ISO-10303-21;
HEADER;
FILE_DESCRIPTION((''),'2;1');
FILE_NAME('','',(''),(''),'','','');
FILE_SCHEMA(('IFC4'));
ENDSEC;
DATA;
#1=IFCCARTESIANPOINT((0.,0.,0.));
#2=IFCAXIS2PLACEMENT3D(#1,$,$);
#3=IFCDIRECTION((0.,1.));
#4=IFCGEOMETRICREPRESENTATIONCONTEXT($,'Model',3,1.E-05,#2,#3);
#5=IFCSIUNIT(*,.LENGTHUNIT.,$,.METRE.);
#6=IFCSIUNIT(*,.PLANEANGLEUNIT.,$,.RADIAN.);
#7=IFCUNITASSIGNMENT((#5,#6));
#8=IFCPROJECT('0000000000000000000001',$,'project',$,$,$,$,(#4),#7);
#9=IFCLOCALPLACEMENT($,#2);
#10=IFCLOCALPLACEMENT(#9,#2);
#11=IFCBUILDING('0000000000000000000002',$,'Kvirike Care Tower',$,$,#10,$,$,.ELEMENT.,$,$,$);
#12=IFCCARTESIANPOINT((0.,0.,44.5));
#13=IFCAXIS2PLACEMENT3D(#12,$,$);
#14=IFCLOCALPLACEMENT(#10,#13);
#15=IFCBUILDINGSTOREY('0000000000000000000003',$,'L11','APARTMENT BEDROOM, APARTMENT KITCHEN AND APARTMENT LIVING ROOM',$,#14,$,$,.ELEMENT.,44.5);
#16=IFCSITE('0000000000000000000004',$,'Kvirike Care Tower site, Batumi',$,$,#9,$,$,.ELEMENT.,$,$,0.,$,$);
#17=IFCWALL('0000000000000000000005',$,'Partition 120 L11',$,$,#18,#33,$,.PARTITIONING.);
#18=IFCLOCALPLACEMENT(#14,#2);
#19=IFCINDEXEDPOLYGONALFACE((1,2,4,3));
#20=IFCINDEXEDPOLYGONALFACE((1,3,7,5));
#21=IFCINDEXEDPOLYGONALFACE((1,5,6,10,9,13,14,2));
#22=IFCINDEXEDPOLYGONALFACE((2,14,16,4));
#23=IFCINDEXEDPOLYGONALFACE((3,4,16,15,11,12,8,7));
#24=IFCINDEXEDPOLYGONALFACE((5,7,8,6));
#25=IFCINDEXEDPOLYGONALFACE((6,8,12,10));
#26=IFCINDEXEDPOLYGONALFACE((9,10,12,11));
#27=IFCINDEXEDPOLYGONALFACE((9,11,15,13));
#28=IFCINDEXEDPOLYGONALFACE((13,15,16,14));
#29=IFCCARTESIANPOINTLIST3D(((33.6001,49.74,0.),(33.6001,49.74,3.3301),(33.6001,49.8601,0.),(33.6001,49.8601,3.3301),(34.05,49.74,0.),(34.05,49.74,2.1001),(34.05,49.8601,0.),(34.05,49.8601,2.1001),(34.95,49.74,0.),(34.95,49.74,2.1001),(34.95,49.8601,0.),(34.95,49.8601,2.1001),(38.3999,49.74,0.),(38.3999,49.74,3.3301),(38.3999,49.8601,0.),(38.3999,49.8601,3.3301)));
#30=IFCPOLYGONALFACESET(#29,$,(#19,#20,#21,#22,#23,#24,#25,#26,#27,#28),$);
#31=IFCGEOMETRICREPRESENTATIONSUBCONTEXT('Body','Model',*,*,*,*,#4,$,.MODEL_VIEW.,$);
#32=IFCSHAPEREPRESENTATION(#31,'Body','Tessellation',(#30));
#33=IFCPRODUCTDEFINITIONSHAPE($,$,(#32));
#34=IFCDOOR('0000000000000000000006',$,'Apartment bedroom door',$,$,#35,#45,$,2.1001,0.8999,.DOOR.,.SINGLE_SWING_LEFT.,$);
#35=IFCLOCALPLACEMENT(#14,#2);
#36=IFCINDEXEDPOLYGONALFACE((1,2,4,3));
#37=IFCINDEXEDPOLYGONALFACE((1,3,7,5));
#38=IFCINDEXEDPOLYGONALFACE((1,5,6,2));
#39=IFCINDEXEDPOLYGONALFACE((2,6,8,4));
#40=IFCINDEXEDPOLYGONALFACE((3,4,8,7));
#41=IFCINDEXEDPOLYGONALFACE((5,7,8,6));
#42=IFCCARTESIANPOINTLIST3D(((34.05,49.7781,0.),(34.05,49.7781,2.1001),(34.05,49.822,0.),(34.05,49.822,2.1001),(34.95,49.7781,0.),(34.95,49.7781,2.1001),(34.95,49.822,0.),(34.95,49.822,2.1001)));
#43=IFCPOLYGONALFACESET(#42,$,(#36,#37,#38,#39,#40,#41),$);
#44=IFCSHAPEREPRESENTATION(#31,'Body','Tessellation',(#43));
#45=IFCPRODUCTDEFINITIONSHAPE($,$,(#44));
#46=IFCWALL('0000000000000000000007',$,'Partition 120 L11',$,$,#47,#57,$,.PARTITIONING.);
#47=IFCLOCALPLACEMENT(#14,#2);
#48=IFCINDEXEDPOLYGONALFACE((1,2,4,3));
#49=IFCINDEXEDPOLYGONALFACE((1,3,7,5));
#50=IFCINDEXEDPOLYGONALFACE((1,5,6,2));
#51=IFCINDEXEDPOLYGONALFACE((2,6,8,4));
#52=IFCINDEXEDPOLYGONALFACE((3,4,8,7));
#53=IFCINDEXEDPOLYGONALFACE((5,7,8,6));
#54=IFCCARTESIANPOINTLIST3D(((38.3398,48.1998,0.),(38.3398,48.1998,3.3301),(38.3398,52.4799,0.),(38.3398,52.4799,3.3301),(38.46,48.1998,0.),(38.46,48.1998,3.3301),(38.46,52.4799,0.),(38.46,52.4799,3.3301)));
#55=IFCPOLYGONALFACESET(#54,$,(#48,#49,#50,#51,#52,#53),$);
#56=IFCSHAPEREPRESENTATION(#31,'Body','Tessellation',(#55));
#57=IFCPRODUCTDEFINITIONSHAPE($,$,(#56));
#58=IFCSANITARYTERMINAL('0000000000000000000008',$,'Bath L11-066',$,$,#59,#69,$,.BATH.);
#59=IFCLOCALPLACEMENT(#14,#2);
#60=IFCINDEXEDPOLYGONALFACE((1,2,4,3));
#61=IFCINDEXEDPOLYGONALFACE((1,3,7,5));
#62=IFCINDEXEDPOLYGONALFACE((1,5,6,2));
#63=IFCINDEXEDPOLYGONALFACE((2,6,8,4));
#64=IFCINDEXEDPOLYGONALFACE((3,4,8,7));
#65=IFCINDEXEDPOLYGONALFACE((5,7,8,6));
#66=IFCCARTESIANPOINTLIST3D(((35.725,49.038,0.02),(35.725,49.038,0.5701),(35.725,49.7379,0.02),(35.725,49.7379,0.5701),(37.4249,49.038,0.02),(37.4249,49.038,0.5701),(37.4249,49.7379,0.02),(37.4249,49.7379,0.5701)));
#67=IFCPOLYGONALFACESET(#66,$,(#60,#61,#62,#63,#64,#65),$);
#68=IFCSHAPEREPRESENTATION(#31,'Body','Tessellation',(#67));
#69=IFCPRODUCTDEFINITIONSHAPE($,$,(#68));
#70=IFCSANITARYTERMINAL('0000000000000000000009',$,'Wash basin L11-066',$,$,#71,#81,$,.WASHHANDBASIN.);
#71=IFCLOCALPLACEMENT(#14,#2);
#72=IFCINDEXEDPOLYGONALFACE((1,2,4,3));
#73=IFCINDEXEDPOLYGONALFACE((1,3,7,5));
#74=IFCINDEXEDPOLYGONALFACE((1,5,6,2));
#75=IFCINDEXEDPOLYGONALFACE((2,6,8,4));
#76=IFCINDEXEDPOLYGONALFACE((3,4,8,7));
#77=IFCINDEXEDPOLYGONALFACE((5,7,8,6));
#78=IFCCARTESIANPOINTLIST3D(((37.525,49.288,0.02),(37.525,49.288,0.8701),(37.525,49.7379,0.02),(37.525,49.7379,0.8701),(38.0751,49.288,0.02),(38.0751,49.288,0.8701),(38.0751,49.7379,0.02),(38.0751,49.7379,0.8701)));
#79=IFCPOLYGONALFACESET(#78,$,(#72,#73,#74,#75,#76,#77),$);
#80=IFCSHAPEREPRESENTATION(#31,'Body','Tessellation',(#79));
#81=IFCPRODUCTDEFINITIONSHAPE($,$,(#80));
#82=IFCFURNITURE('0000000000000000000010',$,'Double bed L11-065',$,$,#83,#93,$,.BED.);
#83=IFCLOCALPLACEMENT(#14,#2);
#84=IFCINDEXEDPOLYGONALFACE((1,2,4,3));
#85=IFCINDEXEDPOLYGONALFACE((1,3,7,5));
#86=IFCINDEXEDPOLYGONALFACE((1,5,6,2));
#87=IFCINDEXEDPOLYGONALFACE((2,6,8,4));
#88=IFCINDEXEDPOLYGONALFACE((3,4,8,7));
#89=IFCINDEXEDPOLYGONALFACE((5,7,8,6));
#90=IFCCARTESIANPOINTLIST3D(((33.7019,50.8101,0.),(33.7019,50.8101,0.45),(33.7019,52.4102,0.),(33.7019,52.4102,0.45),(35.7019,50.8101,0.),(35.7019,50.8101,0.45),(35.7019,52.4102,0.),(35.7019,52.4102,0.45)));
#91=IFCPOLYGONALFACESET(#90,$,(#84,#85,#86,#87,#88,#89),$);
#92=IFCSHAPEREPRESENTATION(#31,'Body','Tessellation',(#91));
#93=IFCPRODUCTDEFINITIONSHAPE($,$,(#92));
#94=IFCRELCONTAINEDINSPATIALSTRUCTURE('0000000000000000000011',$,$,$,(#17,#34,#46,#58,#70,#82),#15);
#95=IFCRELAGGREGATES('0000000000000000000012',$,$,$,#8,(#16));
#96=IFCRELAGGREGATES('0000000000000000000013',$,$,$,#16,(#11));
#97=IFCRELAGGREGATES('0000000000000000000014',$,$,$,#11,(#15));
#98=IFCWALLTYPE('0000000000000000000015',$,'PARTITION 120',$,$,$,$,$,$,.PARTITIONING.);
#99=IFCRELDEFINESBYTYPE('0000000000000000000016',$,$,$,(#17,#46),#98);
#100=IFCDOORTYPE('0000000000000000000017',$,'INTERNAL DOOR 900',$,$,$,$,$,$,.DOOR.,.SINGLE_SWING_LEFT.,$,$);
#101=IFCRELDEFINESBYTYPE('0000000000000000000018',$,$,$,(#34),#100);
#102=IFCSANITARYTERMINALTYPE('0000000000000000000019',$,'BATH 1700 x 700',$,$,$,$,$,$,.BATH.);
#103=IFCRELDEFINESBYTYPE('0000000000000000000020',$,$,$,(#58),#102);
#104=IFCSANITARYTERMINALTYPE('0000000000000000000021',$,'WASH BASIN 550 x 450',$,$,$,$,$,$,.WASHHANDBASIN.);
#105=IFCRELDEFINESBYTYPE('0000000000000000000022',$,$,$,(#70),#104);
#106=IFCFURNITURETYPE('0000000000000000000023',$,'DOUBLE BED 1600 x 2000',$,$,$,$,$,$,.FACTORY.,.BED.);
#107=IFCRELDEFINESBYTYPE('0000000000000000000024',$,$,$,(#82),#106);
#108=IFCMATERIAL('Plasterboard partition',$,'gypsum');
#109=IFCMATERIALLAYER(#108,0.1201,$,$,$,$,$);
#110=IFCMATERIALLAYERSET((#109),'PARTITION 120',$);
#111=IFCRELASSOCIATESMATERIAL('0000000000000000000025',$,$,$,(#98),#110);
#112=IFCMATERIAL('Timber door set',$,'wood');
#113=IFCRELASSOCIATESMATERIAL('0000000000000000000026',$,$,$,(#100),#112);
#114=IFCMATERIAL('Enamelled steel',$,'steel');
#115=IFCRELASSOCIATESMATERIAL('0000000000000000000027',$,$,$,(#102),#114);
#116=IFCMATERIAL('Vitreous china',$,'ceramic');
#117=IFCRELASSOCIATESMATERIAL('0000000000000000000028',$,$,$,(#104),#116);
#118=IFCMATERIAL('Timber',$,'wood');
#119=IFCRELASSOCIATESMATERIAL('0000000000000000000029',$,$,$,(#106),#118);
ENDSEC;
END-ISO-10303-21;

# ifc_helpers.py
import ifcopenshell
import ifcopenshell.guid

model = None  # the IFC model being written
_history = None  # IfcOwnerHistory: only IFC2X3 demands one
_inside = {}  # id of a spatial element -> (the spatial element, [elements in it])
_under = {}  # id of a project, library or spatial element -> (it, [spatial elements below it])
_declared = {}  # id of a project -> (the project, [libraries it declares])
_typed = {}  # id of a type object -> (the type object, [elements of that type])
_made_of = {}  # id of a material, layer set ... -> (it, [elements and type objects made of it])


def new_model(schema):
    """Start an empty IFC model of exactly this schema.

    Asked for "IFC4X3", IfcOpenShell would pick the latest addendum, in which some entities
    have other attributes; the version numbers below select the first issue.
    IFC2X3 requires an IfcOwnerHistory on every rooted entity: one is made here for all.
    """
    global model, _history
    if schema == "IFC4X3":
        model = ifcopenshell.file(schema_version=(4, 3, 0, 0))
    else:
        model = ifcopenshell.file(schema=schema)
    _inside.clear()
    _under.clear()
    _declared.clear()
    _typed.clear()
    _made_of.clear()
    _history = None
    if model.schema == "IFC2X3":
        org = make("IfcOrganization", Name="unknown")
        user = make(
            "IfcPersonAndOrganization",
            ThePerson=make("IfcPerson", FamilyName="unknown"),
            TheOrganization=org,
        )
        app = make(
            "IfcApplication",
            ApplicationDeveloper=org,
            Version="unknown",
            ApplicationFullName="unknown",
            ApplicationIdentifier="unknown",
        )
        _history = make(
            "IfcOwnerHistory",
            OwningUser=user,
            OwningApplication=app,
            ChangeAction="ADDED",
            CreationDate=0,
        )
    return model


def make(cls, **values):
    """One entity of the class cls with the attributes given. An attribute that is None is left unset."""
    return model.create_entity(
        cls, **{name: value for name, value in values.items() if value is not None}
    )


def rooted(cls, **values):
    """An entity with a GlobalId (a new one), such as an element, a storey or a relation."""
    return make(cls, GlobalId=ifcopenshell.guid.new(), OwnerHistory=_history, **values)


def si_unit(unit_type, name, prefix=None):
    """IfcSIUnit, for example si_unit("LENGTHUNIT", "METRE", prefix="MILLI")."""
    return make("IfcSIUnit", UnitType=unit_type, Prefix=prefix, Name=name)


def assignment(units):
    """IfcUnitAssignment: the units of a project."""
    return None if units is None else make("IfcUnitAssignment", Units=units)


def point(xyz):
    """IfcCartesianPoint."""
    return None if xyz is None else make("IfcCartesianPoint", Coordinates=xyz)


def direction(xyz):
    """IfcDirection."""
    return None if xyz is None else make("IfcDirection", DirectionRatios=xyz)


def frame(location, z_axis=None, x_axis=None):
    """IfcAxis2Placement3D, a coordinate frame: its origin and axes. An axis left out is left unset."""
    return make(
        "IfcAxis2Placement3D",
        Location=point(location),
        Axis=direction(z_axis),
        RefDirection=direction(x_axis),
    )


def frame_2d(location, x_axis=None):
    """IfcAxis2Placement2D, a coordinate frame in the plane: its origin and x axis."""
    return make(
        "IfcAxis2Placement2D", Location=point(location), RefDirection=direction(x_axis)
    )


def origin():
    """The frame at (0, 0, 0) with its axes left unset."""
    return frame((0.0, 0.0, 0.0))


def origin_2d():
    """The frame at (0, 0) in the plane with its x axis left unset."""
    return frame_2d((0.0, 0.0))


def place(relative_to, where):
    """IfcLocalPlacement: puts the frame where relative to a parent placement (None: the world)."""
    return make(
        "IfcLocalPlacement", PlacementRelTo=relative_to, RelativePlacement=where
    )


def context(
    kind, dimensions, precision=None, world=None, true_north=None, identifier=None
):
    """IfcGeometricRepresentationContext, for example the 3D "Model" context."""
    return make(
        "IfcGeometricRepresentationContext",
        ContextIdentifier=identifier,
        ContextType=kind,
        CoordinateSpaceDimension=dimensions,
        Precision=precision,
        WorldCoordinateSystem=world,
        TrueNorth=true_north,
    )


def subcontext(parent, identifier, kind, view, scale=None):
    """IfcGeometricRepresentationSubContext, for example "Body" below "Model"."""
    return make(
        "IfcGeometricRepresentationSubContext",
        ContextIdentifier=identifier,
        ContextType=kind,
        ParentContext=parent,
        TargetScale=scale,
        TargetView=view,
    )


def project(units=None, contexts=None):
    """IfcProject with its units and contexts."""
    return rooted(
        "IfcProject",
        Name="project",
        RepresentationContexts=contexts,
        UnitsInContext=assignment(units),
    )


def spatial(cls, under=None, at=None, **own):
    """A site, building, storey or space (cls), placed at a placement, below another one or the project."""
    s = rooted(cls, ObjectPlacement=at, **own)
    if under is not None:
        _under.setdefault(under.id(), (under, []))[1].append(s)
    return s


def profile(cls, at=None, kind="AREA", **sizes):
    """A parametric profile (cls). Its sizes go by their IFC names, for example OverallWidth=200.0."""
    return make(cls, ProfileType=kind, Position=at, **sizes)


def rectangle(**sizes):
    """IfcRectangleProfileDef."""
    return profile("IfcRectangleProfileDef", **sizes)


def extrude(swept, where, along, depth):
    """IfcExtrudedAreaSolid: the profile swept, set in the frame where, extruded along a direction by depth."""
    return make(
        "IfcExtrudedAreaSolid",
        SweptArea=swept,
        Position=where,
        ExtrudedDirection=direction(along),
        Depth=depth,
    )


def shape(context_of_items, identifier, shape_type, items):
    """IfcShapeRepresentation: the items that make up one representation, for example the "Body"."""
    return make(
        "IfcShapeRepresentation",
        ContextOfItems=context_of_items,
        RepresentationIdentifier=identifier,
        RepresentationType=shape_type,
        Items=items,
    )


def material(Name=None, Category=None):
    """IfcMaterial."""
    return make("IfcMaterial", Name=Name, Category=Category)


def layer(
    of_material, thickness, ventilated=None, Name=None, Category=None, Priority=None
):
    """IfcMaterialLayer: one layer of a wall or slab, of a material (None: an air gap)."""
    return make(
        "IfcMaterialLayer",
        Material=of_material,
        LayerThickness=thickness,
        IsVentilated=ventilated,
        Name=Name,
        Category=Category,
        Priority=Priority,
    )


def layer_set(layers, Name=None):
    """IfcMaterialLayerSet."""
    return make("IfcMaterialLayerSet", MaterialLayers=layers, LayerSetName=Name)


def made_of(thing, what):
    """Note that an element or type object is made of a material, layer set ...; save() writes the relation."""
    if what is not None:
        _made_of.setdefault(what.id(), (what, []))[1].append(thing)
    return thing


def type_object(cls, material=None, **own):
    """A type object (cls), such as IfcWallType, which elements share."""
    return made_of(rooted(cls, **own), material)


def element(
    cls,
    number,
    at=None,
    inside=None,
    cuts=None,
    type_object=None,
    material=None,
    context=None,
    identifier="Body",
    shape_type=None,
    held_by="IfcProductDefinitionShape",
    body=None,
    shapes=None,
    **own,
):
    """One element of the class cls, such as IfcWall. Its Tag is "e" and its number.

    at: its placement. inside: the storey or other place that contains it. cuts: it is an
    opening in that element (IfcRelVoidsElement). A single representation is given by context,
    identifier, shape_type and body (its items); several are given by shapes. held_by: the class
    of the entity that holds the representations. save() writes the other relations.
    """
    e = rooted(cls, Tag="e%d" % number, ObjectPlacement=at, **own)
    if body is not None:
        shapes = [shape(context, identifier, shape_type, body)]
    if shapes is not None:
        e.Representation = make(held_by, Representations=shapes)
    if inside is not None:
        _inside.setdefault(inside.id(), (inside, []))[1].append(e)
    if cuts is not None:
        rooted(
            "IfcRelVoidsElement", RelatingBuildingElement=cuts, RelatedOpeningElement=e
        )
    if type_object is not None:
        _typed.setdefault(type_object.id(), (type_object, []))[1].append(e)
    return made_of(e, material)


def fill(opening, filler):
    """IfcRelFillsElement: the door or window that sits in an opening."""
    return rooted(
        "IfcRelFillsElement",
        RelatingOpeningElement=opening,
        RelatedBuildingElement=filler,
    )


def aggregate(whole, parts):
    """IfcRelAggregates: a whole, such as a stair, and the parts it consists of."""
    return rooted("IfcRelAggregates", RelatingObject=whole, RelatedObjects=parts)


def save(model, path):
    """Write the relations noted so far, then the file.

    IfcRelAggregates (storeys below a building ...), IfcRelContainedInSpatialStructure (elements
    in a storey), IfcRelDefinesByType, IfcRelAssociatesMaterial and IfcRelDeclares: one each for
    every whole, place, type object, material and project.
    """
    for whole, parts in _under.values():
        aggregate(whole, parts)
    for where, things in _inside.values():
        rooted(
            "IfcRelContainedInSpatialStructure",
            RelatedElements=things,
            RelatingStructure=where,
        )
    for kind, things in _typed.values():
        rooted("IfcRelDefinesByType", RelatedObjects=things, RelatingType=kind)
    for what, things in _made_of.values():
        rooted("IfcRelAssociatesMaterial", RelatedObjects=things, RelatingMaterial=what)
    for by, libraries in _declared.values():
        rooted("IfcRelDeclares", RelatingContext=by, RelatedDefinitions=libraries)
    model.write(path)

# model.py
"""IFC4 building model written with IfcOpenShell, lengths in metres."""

from ifc_helpers import new_model, si_unit, direction, frame, frame_2d, origin, origin_2d, place, context, subcontext, project, spatial, rectangle, extrude, material, layer, layer_set, type_object, element, fill, save


model = new_model("IFC4")

# Units and contexts
model_context = context("Model", 3, precision=1e-05, world=origin(), true_north=direction((0.0, 1.0)))
body_context = subcontext(model_context, "Body", "Model", "MODEL_VIEW")
ifc_project = project(units=[si_unit("LENGTHUNIT", "METRE"), si_unit("PLANEANGLEUNIT", "RADIAN")], contexts=[model_context])

# Site, building, storey
site_placement = place(None, origin())
site = spatial("IfcSite", under=ifc_project, at=site_placement, Name="Kvirike Care Tower site, Batumi", CompositionType="ELEMENT", RefElevation=0.0)
building_placement = place(site_placement, origin())
building = spatial("IfcBuilding", under=site, at=building_placement, Name="Kvirike Care Tower", CompositionType="ELEMENT")
storey_placement = place(building_placement, frame((0.0, 0.0, 44.5)))
storey = spatial("IfcBuildingStorey", under=building, at=storey_placement, Name="L11", Description="APARTMENT BEDROOM, APARTMENT KITCHEN AND APARTMENT LIVING ROOM", CompositionType="ELEMENT", Elevation=44.5)

# Wall, opening, door
ifc_material_1 = material(Name="Plasterboard partition", Category="gypsum")
ifc_layer_1 = layer(ifc_material_1, 0.1201)
ifc_layer_set_1 = layer_set([ifc_layer_1], Name="PARTITION 120")
wall_type_1 = type_object("IfcWallType", Name="PARTITION 120", PredefinedType="PARTITIONING", material=ifc_layer_set_1)
ifc_material_2 = material(Name="Timber door set", Category="wood")
door_type_1 = type_object("IfcDoorType", Name="INTERNAL DOOR 900", OperationType="SINGLE_SWING_LEFT", PredefinedType="DOOR", material=ifc_material_2)
wall_1_placement = place(storey_placement, frame((38.3999, 49.8, 0.0), z_axis=(0.0, 0.0, 1.0), x_axis=(-1.0, 0.0, 0.0)))
wall_1 = element("IfcWall", 1, at=wall_1_placement, inside=storey, type_object=wall_type_1, Name="Partition 120 L11", PredefinedType="PARTITIONING", context=body_context, shape_type="SweptSolid", body=[
    extrude(rectangle(XDim=4.7998, YDim=0.1201, at=frame_2d((2.3999, 0.0))), origin(), (0.0, 0.0, 1.0), 3.3301),
])
opening_1_placement = place(wall_1_placement, frame((3.45, 0.0, 0.0)))
opening_1 = element("IfcOpeningElement", 2, at=opening_1_placement, cuts=wall_1, PredefinedType="OPENING", context=body_context, shape_type="SweptSolid", body=[
    extrude(rectangle(XDim=0.8999, YDim=2.1001, at=frame_2d((0.45, 1.05))), frame((0.0, 0.0706, 0.0), z_axis=(0.0, -1.0, 0.0), x_axis=(1.0, 0.0, 0.0)), (0.0, 0.0, 1.0), 0.1411),
])
door_1_placement = place(opening_1_placement, origin())
door_1 = element("IfcDoor", 3, at=door_1_placement, inside=storey, type_object=door_type_1, Name="Apartment bedroom door", OperationType="SINGLE_SWING_LEFT", OverallHeight=2.1001, OverallWidth=0.8999, PredefinedType="DOOR", context=body_context, shape_type="SweptSolid", body=[
    extrude(rectangle(XDim=0.8999, YDim=2.1001, at=frame_2d((0.45, 1.05))), frame((0.0, 0.022, 0.0), z_axis=(0.0, -1.0, 0.0), x_axis=(1.0, 0.0, 0.0)), (0.0, 0.0, 1.0), 0.0439),
])
fill(opening_1, door_1)

# Wall
wall_2_placement = place(storey_placement, frame((38.3999, 52.48, 0.0), z_axis=(0.0, 0.0, 1.0), x_axis=(0.0, -1.0, 0.0)))
element("IfcWall", 4, at=wall_2_placement, inside=storey, type_object=wall_type_1, Name="Partition 120 L11", PredefinedType="PARTITIONING", context=body_context, shape_type="SweptSolid", body=[
    extrude(rectangle(XDim=4.28, YDim=0.1201, at=frame_2d((2.1401, 0.0))), origin(), (0.0, 0.0, 1.0), 3.3301),
])

# Sanitary terminals
ifc_material_3 = material(Name="Enamelled steel", Category="steel")
sanitary_terminal_type_1 = type_object("IfcSanitaryTerminalType", Name="BATH 1700 x 700", PredefinedType="BATH", material=ifc_material_3)
sanitary_terminal_1_placement = place(storey_placement, frame((36.575, 49.3879, 0.02), z_axis=(0.0, 0.0, 1.0), x_axis=(1.0, 0.0, 0.0)))
element("IfcSanitaryTerminal", 5, at=sanitary_terminal_1_placement, inside=storey, type_object=sanitary_terminal_type_1, Name="Bath L11-066", PredefinedType="BATH", context=body_context, shape_type="SweptSolid", body=[
    extrude(rectangle(XDim=1.7, YDim=0.7, at=origin_2d()), origin(), (0.0, 0.0, 1.0), 0.55),
])
ifc_material_4 = material(Name="Vitreous china", Category="ceramic")
sanitary_terminal_type_2 = type_object("IfcSanitaryTerminalType", Name="WASH BASIN 550 x 450", PredefinedType="WASHHANDBASIN", material=ifc_material_4)
sanitary_terminal_2_placement = place(storey_placement, frame((37.8, 49.5129, 0.02), z_axis=(0.0, 0.0, 1.0), x_axis=(1.0, 0.0, 0.0)))
element("IfcSanitaryTerminal", 6, at=sanitary_terminal_2_placement, inside=storey, type_object=sanitary_terminal_type_2, Name="Wash basin L11-066", PredefinedType="WASHHANDBASIN", context=body_context, shape_type="SweptSolid", body=[
    extrude(rectangle(XDim=0.55, YDim=0.45, at=origin_2d()), origin(), (0.0, 0.0, 1.0), 0.8501),
])

# Furniture
ifc_material_5 = material(Name="Timber", Category="wood")
furniture_type = type_object("IfcFurnitureType", Name="DOUBLE BED 1600 x 2000", AssemblyPlace="FACTORY", PredefinedType="BED", material=ifc_material_5)
furniture_placement = place(storey_placement, frame((34.7019, 51.6101, 0.0), z_axis=(0.0, 0.0, 1.0), x_axis=(0.0, 1.0, 0.0)))
element("IfcFurniture", 7, at=furniture_placement, inside=storey, type_object=furniture_type, Name="Double bed L11-065", PredefinedType="BED", context=body_context, shape_type="SweptSolid", body=[
    extrude(rectangle(XDim=1.6001, YDim=2.0, at=origin_2d()), origin(), (0.0, 0.0, 1.0), 0.45),
])

save(model, "model.ifc")
